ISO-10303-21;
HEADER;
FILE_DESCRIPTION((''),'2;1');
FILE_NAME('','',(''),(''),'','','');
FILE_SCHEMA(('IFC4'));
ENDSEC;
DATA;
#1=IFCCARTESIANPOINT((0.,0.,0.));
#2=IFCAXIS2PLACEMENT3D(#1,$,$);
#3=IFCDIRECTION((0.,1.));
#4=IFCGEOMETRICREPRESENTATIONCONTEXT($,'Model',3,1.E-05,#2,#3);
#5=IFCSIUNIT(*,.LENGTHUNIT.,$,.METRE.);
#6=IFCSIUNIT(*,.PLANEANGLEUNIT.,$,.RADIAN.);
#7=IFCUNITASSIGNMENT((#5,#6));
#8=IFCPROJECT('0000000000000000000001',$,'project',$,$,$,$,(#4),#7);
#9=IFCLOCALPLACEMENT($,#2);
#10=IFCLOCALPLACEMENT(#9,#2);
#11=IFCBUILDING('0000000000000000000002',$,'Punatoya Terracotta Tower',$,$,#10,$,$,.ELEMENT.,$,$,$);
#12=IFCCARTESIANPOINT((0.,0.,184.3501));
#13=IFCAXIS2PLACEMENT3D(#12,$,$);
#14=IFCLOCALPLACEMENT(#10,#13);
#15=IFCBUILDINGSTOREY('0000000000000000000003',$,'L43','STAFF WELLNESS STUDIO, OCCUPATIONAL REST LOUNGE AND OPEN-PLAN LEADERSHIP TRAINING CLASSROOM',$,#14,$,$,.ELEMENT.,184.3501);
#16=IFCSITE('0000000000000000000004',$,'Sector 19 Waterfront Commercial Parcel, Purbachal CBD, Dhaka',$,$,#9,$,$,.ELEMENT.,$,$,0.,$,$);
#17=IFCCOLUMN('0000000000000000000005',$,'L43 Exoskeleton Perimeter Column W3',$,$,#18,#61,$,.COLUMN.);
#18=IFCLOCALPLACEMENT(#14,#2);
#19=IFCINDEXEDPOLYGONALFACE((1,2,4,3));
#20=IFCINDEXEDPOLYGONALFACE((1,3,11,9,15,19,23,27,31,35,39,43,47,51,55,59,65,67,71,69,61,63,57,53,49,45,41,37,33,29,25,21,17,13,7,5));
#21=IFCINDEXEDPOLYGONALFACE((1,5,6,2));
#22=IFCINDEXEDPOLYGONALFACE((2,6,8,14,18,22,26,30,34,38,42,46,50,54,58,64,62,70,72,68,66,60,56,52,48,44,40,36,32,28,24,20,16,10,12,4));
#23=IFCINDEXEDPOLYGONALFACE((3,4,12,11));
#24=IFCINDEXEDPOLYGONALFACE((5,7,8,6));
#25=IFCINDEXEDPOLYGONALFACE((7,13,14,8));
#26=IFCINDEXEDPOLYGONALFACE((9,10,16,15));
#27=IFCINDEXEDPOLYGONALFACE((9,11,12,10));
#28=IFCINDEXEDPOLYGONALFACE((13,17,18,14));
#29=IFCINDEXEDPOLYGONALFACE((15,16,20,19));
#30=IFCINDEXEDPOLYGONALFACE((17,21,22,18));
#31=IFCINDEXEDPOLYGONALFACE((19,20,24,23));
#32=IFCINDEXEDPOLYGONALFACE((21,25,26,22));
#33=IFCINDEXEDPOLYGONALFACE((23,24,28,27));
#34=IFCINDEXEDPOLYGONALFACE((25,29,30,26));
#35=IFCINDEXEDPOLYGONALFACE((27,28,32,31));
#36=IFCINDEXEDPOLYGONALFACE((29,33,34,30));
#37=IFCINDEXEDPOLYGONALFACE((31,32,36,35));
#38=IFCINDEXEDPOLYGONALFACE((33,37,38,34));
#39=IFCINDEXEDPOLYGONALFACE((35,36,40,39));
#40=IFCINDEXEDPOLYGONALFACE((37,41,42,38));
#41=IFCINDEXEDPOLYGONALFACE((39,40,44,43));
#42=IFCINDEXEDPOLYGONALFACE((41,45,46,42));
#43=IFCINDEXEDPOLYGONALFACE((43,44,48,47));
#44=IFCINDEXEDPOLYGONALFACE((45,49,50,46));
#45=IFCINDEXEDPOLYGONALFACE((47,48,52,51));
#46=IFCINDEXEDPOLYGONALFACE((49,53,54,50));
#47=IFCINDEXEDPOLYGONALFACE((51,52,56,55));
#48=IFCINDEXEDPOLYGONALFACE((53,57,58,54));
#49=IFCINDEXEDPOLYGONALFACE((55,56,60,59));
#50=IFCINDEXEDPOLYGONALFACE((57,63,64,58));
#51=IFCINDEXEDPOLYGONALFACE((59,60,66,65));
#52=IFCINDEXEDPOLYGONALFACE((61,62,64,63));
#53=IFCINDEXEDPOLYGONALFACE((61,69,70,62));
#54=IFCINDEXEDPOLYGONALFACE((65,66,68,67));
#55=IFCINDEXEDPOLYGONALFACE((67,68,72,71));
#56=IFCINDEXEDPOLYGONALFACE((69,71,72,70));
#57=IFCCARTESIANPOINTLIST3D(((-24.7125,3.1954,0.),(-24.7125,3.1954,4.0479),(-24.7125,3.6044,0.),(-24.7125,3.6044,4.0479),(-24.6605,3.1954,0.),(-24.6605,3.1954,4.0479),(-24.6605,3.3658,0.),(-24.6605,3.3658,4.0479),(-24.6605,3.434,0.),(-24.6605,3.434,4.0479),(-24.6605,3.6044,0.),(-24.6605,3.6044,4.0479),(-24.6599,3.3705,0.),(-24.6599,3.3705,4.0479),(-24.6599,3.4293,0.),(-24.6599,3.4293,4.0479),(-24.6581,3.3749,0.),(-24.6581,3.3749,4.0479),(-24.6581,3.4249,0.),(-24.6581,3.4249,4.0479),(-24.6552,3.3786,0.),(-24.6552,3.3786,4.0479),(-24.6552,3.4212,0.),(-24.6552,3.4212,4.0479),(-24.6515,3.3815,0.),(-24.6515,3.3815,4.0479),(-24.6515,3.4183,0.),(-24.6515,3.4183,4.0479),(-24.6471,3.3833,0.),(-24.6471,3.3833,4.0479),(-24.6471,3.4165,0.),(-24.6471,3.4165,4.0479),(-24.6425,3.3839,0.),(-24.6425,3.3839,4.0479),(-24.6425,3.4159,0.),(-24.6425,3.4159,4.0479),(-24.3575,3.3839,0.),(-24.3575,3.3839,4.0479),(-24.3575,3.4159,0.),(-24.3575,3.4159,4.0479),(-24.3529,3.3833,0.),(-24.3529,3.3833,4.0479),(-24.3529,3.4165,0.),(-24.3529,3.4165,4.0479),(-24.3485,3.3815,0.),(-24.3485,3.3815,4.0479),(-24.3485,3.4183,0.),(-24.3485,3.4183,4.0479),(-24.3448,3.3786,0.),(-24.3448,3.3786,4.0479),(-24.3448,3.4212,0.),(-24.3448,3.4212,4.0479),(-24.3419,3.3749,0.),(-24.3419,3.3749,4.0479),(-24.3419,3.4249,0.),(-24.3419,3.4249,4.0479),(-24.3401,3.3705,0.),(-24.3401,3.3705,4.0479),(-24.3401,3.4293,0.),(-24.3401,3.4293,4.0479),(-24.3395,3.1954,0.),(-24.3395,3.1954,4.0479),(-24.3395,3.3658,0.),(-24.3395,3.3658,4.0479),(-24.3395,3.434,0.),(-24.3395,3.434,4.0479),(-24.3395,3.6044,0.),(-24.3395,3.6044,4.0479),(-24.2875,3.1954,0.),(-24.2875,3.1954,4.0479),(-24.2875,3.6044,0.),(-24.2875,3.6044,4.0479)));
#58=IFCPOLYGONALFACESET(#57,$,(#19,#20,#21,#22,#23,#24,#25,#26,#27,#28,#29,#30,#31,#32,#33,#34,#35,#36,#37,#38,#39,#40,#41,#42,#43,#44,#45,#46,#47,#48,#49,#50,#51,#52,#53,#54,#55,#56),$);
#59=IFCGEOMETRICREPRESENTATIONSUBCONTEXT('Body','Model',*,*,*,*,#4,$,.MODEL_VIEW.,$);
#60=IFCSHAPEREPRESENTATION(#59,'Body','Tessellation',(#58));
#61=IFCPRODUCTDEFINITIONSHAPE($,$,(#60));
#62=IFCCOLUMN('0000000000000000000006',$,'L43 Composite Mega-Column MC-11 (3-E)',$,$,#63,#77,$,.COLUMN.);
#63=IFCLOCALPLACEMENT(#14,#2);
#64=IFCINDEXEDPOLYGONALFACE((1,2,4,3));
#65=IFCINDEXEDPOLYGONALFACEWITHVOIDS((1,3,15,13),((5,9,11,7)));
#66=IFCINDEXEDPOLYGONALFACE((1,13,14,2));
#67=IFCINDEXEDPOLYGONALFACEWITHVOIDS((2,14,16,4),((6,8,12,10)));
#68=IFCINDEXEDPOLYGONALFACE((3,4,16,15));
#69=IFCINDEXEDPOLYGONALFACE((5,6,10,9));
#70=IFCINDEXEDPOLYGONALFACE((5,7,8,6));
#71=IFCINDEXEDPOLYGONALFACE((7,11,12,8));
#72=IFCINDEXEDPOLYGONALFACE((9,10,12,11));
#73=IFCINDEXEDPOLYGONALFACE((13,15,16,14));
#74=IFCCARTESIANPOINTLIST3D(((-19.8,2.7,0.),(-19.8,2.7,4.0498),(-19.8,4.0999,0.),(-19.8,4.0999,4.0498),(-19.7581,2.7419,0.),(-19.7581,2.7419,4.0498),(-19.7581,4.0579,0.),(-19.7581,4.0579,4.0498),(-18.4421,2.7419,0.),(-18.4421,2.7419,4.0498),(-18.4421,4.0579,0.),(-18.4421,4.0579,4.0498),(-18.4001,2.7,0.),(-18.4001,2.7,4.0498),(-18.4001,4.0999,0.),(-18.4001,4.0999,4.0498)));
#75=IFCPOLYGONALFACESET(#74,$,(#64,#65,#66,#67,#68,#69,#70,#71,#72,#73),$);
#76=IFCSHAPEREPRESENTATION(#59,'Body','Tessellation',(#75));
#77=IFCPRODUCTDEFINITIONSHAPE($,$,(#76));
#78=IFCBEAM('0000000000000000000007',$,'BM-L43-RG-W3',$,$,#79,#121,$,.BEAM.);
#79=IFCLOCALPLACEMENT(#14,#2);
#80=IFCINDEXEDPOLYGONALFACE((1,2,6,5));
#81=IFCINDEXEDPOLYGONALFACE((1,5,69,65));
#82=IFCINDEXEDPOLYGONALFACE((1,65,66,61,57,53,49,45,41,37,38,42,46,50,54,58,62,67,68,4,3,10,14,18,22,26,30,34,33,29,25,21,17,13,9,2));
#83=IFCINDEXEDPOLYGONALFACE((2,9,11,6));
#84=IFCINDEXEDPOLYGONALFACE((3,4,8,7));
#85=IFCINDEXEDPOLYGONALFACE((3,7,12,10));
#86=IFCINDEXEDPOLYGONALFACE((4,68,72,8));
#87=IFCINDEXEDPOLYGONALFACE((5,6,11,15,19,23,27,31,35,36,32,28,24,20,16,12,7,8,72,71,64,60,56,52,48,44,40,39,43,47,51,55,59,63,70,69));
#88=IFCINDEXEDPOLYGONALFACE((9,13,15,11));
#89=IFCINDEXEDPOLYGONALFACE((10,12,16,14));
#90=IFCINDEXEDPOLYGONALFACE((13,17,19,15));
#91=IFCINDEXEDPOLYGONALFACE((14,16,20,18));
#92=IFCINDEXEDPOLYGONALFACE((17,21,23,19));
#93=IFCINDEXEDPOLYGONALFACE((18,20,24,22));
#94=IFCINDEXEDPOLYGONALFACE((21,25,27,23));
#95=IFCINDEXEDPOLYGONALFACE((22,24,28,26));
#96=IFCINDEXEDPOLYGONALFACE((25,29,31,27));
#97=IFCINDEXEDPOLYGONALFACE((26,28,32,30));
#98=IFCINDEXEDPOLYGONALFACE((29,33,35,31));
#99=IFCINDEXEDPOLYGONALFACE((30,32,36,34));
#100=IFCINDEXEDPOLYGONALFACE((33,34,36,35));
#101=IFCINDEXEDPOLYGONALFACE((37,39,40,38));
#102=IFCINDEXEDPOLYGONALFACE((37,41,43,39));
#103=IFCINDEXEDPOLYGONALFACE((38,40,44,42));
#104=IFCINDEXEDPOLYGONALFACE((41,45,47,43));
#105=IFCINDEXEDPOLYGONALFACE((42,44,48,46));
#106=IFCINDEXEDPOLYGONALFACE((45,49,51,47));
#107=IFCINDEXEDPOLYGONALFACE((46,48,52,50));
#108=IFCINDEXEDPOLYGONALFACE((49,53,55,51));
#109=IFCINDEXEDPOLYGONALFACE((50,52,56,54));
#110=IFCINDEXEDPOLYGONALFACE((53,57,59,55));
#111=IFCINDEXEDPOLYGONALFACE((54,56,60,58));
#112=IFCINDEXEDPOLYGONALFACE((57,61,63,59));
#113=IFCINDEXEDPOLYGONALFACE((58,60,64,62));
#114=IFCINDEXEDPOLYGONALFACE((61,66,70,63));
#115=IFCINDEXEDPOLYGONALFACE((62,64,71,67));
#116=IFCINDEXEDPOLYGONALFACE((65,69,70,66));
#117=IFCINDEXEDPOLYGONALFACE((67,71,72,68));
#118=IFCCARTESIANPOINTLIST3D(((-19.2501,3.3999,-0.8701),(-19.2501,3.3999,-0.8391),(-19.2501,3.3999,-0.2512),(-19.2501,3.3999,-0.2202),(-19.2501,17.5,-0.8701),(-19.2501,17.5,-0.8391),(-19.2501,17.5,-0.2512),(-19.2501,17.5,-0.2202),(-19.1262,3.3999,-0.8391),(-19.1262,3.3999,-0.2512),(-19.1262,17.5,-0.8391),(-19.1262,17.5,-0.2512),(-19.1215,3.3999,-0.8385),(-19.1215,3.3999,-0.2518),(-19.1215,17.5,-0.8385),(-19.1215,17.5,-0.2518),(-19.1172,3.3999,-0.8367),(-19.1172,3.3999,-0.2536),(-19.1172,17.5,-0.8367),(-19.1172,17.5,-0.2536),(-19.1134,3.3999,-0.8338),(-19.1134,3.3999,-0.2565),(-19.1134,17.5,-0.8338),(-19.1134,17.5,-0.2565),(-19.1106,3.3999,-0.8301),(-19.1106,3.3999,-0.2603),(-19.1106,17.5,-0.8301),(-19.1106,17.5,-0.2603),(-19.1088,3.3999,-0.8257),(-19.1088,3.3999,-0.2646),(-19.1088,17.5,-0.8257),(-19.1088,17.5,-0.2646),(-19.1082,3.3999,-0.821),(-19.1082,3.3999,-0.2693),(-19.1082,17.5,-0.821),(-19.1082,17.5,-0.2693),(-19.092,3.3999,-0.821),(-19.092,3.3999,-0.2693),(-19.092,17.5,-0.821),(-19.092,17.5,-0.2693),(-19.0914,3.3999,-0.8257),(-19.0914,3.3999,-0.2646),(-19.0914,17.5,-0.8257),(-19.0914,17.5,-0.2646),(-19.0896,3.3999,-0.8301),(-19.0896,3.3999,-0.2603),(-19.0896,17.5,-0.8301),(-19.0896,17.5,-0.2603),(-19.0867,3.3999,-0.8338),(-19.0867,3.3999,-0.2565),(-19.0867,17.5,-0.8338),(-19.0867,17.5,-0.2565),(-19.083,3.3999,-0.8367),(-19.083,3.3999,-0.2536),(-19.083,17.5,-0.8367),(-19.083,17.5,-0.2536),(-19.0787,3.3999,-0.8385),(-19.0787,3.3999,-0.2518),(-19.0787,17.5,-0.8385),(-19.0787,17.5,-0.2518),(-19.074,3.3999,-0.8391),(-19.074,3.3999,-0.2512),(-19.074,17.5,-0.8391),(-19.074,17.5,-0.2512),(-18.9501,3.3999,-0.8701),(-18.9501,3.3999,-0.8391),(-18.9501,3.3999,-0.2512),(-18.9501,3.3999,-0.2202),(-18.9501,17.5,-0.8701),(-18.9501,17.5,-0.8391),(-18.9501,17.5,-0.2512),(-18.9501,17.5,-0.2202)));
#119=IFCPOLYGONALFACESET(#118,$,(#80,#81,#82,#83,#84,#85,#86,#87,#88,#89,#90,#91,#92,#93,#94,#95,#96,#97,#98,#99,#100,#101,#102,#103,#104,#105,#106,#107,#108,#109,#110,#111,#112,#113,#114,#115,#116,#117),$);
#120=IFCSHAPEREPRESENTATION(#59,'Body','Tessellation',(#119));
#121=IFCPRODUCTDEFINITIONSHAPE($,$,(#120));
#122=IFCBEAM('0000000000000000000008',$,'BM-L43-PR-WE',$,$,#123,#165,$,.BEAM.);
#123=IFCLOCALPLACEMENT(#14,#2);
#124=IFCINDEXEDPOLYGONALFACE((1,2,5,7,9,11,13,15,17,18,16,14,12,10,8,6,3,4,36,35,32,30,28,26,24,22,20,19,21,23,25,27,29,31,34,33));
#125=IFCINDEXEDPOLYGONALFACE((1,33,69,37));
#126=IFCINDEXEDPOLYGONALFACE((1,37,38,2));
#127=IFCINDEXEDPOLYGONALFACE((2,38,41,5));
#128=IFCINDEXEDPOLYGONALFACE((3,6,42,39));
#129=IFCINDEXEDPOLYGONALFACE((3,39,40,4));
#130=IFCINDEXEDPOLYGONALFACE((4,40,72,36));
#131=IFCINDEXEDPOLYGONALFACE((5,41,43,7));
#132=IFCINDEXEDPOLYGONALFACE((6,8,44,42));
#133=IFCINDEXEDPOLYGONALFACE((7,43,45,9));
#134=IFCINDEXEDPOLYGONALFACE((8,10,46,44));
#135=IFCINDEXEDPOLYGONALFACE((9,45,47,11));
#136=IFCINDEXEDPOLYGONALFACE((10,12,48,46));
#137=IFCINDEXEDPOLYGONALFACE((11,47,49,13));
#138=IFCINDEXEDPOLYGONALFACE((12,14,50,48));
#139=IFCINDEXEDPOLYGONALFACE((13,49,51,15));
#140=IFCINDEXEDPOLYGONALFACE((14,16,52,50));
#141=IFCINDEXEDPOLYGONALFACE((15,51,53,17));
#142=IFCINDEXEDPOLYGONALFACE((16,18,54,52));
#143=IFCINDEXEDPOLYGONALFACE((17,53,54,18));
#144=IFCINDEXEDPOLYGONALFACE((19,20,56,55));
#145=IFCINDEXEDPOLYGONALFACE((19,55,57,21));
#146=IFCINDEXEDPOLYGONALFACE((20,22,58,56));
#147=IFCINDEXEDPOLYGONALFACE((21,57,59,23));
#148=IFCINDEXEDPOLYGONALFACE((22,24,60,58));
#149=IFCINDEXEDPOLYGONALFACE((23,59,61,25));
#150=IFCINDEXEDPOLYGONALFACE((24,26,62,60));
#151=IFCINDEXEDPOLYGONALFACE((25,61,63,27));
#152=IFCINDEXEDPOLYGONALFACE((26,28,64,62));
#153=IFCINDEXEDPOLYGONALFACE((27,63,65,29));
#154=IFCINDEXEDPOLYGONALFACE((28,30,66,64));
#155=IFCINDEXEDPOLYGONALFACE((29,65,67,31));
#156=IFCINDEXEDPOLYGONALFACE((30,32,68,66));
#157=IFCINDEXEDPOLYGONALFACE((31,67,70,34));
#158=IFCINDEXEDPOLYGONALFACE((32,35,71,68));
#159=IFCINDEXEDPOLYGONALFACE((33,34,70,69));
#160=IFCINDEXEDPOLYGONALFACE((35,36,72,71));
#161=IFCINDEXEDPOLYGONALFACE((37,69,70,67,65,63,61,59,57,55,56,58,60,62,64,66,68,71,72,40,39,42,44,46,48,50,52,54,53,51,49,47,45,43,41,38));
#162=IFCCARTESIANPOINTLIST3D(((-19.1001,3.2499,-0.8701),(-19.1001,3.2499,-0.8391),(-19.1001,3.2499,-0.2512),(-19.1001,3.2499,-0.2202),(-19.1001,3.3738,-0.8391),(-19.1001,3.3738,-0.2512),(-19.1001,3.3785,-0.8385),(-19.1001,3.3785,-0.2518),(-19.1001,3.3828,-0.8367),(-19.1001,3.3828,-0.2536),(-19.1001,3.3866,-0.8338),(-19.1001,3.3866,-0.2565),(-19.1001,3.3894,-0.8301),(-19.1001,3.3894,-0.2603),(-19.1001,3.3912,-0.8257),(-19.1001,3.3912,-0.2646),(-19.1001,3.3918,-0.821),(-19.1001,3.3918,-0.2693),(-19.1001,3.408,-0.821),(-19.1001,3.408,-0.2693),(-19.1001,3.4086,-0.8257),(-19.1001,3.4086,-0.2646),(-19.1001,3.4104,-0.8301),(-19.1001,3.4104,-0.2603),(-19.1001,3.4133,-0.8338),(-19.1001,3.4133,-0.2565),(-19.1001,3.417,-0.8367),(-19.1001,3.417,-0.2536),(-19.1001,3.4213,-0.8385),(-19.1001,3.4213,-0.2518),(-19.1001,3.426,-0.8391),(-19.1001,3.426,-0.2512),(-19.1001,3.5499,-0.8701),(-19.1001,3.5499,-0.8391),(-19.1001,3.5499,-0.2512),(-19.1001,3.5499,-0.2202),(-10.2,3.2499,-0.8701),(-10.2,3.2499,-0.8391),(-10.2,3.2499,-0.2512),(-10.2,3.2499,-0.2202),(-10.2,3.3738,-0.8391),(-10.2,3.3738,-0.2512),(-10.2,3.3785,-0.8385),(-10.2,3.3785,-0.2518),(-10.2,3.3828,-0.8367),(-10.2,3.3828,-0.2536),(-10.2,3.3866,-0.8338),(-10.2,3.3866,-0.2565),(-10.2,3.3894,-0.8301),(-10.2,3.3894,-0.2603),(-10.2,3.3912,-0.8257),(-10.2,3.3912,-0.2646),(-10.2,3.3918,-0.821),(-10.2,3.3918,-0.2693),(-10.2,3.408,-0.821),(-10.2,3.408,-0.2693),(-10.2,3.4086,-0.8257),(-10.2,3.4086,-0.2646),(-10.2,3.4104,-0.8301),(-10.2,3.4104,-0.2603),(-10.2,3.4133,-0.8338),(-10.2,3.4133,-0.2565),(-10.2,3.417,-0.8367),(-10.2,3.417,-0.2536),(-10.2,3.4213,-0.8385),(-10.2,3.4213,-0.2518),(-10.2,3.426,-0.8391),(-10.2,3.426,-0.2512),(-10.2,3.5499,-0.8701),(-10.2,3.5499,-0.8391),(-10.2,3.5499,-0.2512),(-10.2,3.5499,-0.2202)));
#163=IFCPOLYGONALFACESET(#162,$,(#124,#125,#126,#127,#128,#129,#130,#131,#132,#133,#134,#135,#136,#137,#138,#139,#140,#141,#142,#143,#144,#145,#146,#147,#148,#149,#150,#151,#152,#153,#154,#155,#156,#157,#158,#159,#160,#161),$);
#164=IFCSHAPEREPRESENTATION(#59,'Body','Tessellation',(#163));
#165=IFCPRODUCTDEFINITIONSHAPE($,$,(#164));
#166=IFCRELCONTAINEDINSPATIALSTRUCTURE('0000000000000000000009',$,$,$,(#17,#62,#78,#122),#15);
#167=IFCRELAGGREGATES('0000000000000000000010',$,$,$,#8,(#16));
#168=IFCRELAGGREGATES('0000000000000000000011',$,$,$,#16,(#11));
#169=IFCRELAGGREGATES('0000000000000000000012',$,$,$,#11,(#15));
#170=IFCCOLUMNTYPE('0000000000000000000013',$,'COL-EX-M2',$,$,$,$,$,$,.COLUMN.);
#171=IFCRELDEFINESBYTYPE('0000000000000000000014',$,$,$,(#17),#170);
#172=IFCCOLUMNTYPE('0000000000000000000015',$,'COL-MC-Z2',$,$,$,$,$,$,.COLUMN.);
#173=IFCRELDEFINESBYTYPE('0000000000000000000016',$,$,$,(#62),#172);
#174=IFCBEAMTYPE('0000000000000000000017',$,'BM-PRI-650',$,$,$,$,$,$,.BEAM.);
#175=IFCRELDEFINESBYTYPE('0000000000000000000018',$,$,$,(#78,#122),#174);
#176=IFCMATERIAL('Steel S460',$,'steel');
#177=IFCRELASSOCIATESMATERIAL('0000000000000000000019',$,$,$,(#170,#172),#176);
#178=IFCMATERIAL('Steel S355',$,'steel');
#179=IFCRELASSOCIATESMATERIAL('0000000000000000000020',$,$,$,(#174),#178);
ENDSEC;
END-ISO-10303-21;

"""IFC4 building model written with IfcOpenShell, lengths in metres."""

from ifc_helpers import new_model, si_unit, direction, frame, origin, origin_2d, place, context, subcontext, project, spatial, hollow_rectangle, i_section, extrude, material, material_profile, profile_set, type_object, element, save


model = new_model("IFC4")

# Units and contexts
model_context = context("Model", 3, precision=1e-05, world=origin(), true_north=direction((0.0, 1.0)))
body_context = subcontext(model_context, "Body", "Model", "MODEL_VIEW")
ifc_project = project(units=[si_unit("LENGTHUNIT", "METRE"), si_unit("PLANEANGLEUNIT", "RADIAN")], contexts=[model_context])

# Site, building, storey
site_placement = place(None, origin())
site = spatial("IfcSite", under=ifc_project, at=site_placement, Name="Sector 19 Waterfront Commercial Parcel, Purbachal CBD, Dhaka", CompositionType="ELEMENT", RefElevation=0.0)
building_placement = place(site_placement, origin())
building = spatial("IfcBuilding", under=site, at=building_placement, Name="Punatoya Terracotta Tower", CompositionType="ELEMENT")
storey_placement = place(building_placement, frame((0.0, 0.0, 184.3501)))
storey = spatial("IfcBuildingStorey", under=building, at=storey_placement, Name="L43", Description="STAFF WELLNESS STUDIO, OCCUPATIONAL REST LOUNGE AND OPEN-PLAN LEADERSHIP TRAINING CLASSROOM", CompositionType="ELEMENT", Elevation=184.3501)

# Columns
ifc_material_1 = material(Name="Steel S460", Category="steel")
ifc_material_profile_1 = material_profile(ifc_material_1, i_section(OverallWidth=0.4089, OverallDepth=0.425, WebThickness=0.032, FlangeThickness=0.052, FilletRadius=0.0181, at=origin_2d()))
ifc_profile_set_1 = profile_set([ifc_material_profile_1], Name="Steel S460")
column_type_1 = type_object("IfcColumnType", Name="COL-EX-M2", PredefinedType="COLUMN", material=ifc_profile_set_1)
column_1_placement = place(storey_placement, frame((-24.5, 3.3999, 0.0), z_axis=(0.0, 0.0, 1.0), x_axis=(0.0, 1.0, 0.0)))
element("IfcColumn", 1, at=column_1_placement, inside=storey, type_object=column_type_1, Name="L43 Exoskeleton Perimeter Column W3", PredefinedType="COLUMN", context=body_context, shape_type="SweptSolid", body=[
    extrude(i_section(OverallWidth=0.4089, OverallDepth=0.425, WebThickness=0.032, FlangeThickness=0.052, FilletRadius=0.0181, at=origin_2d()), origin(), (0.0, 0.0, 1.0), 4.0479),
])
ifc_material_profile_2 = material_profile(ifc_material_1, hollow_rectangle(XDim=1.3999, YDim=1.3999, WallThickness=0.042, at=origin_2d()))
ifc_profile_set_2 = profile_set([ifc_material_profile_2], Name="Steel S460")
column_type_2 = type_object("IfcColumnType", Name="COL-MC-Z2", PredefinedType="COLUMN", material=ifc_profile_set_2)
column_2_placement = place(storey_placement, frame((-19.1001, 3.3999, 0.0), z_axis=(0.0, 0.0, 1.0), x_axis=(1.0, 0.0, 0.0)))
element("IfcColumn", 2, at=column_2_placement, inside=storey, type_object=column_type_2, Name="L43 Composite Mega-Column MC-11 (3-E)", PredefinedType="COLUMN", context=body_context, shape_type="SweptSolid", body=[
    extrude(hollow_rectangle(XDim=1.3999, YDim=1.3999, WallThickness=0.042, at=origin_2d()), origin(), (0.0, 0.0, 1.0), 4.0498),
])

# Beams
ifc_material_2 = material(Name="Steel S355", Category="steel")
ifc_material_profile_3 = material_profile(ifc_material_2, i_section(OverallWidth=0.3, OverallDepth=0.6499, WebThickness=0.0161, FlangeThickness=0.031, FilletRadius=0.0181, at=origin_2d()))
ifc_profile_set_3 = profile_set([ifc_material_profile_3], Name="Steel S355")
beam_type_1 = type_object("IfcBeamType", Name="BM-PRI-650", PredefinedType="BEAM", material=ifc_profile_set_3)
beam_1_placement = place(storey_placement, frame((-19.1001, 3.3999, -0.5452), z_axis=(0.0, 1.0, 0.0), x_axis=(-1.0, 0.0, 0.0)))
element("IfcBeam", 3, at=beam_1_placement, inside=storey, type_object=beam_type_1, Name="BM-L43-RG-W3", PredefinedType="BEAM", context=body_context, shape_type="SweptSolid", body=[
    extrude(i_section(OverallWidth=0.3, OverallDepth=0.6499, WebThickness=0.0161, FlangeThickness=0.031, FilletRadius=0.0181, at=origin_2d()), origin(), (0.0, 0.0, 1.0), 14.1001),
])
for number, where, z_axis, x_axis, name in (
    (4, (-19.1001, 3.3999, -0.5452), (1.0, 0.0, 0.0), (0.0, 1.0, 0.0), "BM-L43-PR-WE"),
):
    element("IfcBeam", number, at=place(storey_placement, frame(where, z_axis=z_axis, x_axis=x_axis)), inside=storey, type_object=beam_type_1, Name=name, PredefinedType="BEAM", context=body_context, shape_type="SweptSolid", body=[
        extrude(i_section(OverallWidth=0.3, OverallDepth=0.6499, WebThickness=0.0161, FlangeThickness=0.031, FilletRadius=0.0181, at=origin_2d()), origin(), (0.0, 0.0, 1.0), 8.9001),
    ])

save(model, "model.ifc")
